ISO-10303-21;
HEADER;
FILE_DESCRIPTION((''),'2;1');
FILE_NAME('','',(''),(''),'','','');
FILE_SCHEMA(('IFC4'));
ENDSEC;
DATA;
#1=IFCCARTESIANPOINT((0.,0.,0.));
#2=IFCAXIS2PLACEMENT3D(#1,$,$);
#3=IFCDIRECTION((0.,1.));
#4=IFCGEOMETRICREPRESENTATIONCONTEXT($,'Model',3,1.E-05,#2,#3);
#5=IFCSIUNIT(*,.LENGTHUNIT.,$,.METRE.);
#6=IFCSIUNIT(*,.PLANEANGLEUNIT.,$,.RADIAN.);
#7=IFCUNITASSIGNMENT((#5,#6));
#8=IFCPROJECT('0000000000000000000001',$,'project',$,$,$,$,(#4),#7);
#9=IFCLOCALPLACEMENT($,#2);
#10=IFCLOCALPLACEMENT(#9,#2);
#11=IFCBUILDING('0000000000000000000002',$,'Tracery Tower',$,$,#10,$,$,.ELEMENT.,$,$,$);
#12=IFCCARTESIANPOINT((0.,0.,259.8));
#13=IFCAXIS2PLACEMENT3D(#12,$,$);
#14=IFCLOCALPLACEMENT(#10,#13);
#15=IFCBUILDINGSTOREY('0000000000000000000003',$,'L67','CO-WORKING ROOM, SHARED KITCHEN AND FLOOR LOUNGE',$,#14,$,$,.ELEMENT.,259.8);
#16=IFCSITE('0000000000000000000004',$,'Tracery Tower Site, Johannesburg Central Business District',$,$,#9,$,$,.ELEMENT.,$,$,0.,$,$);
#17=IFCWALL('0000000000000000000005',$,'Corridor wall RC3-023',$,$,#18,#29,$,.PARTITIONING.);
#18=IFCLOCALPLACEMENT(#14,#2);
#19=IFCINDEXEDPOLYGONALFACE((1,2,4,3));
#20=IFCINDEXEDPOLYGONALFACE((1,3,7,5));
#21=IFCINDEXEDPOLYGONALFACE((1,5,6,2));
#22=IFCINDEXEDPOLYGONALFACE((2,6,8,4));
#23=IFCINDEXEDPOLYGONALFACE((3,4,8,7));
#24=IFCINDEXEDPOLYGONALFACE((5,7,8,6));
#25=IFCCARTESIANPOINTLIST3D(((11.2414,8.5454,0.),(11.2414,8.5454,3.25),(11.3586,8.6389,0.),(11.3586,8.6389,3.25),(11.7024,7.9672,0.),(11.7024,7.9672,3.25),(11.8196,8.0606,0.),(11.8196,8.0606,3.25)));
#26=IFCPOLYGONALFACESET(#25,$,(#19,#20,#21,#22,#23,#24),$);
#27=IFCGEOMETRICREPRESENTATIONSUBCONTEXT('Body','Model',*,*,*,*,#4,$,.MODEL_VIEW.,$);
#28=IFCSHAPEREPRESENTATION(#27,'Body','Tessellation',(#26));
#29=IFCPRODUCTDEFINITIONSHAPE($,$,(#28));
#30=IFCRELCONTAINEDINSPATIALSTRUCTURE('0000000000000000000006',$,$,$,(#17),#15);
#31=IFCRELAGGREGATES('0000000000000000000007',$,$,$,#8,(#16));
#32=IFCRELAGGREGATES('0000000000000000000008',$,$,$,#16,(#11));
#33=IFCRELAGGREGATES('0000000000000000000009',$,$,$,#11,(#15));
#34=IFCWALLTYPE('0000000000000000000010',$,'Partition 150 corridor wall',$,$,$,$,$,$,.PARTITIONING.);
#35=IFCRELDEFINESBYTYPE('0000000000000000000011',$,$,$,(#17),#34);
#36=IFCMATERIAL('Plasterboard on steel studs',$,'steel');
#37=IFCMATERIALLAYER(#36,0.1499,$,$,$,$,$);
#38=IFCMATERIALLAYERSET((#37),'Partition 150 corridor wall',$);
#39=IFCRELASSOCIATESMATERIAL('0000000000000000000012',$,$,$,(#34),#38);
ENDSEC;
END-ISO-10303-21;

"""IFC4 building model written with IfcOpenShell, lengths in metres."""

from ifc_helpers import new_model, si_unit, direction, frame, frame_2d, origin, place, context, subcontext, project, spatial, rectangle, extrude, material, layer, layer_set, type_object, element, save


model = new_model("IFC4")

# Units and contexts
model_context = context("Model", 3, precision=1e-05, world=origin(), true_north=direction((0.0, 1.0)))
body_context = subcontext(model_context, "Body", "Model", "MODEL_VIEW")
ifc_project = project(units=[si_unit("LENGTHUNIT", "METRE"), si_unit("PLANEANGLEUNIT", "RADIAN")], contexts=[model_context])

# Site, building, storey
site_placement = place(None, origin())
site = spatial("IfcSite", under=ifc_project, at=site_placement, Name="Tracery Tower Site, Johannesburg Central Business District", CompositionType="ELEMENT", RefElevation=0.0)
building_placement = place(site_placement, origin())
building = spatial("IfcBuilding", under=site, at=building_placement, Name="Tracery Tower", CompositionType="ELEMENT")
storey_placement = place(building_placement, frame((0.0, 0.0, 259.8)))
storey = spatial("IfcBuildingStorey", under=building, at=storey_placement, Name="L67", Description="CO-WORKING ROOM, SHARED KITCHEN AND FLOOR LOUNGE", CompositionType="ELEMENT", Elevation=259.8)

# Wall
ifc_material_1 = material(Name="Plasterboard on steel studs", Category="steel")
ifc_layer_1 = layer(ifc_material_1, 0.1499)
ifc_layer_set_1 = layer_set([ifc_layer_1], Name="Partition 150 corridor wall")
wall_type_1 = type_object("IfcWallType", Name="Partition 150 corridor wall", PredefinedType="PARTITIONING", material=ifc_layer_set_1)
wall_1_placement = place(storey_placement, frame((11.3, 8.592, 0.0), z_axis=(0.0, 0.0, 1.0), x_axis=(0.623406, -0.781899, 0.0)))
element("IfcWall", 1, at=wall_1_placement, inside=storey, type_object=wall_type_1, Name="Corridor wall RC3-023", PredefinedType="PARTITIONING", context=body_context, shape_type="SweptSolid", body=[
    extrude(rectangle(XDim=0.7395, YDim=0.1499, at=frame_2d((0.3696, 0.0))), origin(), (0.0, 0.0, 1.0), 3.25),
])

save(model, "model.ifc")
